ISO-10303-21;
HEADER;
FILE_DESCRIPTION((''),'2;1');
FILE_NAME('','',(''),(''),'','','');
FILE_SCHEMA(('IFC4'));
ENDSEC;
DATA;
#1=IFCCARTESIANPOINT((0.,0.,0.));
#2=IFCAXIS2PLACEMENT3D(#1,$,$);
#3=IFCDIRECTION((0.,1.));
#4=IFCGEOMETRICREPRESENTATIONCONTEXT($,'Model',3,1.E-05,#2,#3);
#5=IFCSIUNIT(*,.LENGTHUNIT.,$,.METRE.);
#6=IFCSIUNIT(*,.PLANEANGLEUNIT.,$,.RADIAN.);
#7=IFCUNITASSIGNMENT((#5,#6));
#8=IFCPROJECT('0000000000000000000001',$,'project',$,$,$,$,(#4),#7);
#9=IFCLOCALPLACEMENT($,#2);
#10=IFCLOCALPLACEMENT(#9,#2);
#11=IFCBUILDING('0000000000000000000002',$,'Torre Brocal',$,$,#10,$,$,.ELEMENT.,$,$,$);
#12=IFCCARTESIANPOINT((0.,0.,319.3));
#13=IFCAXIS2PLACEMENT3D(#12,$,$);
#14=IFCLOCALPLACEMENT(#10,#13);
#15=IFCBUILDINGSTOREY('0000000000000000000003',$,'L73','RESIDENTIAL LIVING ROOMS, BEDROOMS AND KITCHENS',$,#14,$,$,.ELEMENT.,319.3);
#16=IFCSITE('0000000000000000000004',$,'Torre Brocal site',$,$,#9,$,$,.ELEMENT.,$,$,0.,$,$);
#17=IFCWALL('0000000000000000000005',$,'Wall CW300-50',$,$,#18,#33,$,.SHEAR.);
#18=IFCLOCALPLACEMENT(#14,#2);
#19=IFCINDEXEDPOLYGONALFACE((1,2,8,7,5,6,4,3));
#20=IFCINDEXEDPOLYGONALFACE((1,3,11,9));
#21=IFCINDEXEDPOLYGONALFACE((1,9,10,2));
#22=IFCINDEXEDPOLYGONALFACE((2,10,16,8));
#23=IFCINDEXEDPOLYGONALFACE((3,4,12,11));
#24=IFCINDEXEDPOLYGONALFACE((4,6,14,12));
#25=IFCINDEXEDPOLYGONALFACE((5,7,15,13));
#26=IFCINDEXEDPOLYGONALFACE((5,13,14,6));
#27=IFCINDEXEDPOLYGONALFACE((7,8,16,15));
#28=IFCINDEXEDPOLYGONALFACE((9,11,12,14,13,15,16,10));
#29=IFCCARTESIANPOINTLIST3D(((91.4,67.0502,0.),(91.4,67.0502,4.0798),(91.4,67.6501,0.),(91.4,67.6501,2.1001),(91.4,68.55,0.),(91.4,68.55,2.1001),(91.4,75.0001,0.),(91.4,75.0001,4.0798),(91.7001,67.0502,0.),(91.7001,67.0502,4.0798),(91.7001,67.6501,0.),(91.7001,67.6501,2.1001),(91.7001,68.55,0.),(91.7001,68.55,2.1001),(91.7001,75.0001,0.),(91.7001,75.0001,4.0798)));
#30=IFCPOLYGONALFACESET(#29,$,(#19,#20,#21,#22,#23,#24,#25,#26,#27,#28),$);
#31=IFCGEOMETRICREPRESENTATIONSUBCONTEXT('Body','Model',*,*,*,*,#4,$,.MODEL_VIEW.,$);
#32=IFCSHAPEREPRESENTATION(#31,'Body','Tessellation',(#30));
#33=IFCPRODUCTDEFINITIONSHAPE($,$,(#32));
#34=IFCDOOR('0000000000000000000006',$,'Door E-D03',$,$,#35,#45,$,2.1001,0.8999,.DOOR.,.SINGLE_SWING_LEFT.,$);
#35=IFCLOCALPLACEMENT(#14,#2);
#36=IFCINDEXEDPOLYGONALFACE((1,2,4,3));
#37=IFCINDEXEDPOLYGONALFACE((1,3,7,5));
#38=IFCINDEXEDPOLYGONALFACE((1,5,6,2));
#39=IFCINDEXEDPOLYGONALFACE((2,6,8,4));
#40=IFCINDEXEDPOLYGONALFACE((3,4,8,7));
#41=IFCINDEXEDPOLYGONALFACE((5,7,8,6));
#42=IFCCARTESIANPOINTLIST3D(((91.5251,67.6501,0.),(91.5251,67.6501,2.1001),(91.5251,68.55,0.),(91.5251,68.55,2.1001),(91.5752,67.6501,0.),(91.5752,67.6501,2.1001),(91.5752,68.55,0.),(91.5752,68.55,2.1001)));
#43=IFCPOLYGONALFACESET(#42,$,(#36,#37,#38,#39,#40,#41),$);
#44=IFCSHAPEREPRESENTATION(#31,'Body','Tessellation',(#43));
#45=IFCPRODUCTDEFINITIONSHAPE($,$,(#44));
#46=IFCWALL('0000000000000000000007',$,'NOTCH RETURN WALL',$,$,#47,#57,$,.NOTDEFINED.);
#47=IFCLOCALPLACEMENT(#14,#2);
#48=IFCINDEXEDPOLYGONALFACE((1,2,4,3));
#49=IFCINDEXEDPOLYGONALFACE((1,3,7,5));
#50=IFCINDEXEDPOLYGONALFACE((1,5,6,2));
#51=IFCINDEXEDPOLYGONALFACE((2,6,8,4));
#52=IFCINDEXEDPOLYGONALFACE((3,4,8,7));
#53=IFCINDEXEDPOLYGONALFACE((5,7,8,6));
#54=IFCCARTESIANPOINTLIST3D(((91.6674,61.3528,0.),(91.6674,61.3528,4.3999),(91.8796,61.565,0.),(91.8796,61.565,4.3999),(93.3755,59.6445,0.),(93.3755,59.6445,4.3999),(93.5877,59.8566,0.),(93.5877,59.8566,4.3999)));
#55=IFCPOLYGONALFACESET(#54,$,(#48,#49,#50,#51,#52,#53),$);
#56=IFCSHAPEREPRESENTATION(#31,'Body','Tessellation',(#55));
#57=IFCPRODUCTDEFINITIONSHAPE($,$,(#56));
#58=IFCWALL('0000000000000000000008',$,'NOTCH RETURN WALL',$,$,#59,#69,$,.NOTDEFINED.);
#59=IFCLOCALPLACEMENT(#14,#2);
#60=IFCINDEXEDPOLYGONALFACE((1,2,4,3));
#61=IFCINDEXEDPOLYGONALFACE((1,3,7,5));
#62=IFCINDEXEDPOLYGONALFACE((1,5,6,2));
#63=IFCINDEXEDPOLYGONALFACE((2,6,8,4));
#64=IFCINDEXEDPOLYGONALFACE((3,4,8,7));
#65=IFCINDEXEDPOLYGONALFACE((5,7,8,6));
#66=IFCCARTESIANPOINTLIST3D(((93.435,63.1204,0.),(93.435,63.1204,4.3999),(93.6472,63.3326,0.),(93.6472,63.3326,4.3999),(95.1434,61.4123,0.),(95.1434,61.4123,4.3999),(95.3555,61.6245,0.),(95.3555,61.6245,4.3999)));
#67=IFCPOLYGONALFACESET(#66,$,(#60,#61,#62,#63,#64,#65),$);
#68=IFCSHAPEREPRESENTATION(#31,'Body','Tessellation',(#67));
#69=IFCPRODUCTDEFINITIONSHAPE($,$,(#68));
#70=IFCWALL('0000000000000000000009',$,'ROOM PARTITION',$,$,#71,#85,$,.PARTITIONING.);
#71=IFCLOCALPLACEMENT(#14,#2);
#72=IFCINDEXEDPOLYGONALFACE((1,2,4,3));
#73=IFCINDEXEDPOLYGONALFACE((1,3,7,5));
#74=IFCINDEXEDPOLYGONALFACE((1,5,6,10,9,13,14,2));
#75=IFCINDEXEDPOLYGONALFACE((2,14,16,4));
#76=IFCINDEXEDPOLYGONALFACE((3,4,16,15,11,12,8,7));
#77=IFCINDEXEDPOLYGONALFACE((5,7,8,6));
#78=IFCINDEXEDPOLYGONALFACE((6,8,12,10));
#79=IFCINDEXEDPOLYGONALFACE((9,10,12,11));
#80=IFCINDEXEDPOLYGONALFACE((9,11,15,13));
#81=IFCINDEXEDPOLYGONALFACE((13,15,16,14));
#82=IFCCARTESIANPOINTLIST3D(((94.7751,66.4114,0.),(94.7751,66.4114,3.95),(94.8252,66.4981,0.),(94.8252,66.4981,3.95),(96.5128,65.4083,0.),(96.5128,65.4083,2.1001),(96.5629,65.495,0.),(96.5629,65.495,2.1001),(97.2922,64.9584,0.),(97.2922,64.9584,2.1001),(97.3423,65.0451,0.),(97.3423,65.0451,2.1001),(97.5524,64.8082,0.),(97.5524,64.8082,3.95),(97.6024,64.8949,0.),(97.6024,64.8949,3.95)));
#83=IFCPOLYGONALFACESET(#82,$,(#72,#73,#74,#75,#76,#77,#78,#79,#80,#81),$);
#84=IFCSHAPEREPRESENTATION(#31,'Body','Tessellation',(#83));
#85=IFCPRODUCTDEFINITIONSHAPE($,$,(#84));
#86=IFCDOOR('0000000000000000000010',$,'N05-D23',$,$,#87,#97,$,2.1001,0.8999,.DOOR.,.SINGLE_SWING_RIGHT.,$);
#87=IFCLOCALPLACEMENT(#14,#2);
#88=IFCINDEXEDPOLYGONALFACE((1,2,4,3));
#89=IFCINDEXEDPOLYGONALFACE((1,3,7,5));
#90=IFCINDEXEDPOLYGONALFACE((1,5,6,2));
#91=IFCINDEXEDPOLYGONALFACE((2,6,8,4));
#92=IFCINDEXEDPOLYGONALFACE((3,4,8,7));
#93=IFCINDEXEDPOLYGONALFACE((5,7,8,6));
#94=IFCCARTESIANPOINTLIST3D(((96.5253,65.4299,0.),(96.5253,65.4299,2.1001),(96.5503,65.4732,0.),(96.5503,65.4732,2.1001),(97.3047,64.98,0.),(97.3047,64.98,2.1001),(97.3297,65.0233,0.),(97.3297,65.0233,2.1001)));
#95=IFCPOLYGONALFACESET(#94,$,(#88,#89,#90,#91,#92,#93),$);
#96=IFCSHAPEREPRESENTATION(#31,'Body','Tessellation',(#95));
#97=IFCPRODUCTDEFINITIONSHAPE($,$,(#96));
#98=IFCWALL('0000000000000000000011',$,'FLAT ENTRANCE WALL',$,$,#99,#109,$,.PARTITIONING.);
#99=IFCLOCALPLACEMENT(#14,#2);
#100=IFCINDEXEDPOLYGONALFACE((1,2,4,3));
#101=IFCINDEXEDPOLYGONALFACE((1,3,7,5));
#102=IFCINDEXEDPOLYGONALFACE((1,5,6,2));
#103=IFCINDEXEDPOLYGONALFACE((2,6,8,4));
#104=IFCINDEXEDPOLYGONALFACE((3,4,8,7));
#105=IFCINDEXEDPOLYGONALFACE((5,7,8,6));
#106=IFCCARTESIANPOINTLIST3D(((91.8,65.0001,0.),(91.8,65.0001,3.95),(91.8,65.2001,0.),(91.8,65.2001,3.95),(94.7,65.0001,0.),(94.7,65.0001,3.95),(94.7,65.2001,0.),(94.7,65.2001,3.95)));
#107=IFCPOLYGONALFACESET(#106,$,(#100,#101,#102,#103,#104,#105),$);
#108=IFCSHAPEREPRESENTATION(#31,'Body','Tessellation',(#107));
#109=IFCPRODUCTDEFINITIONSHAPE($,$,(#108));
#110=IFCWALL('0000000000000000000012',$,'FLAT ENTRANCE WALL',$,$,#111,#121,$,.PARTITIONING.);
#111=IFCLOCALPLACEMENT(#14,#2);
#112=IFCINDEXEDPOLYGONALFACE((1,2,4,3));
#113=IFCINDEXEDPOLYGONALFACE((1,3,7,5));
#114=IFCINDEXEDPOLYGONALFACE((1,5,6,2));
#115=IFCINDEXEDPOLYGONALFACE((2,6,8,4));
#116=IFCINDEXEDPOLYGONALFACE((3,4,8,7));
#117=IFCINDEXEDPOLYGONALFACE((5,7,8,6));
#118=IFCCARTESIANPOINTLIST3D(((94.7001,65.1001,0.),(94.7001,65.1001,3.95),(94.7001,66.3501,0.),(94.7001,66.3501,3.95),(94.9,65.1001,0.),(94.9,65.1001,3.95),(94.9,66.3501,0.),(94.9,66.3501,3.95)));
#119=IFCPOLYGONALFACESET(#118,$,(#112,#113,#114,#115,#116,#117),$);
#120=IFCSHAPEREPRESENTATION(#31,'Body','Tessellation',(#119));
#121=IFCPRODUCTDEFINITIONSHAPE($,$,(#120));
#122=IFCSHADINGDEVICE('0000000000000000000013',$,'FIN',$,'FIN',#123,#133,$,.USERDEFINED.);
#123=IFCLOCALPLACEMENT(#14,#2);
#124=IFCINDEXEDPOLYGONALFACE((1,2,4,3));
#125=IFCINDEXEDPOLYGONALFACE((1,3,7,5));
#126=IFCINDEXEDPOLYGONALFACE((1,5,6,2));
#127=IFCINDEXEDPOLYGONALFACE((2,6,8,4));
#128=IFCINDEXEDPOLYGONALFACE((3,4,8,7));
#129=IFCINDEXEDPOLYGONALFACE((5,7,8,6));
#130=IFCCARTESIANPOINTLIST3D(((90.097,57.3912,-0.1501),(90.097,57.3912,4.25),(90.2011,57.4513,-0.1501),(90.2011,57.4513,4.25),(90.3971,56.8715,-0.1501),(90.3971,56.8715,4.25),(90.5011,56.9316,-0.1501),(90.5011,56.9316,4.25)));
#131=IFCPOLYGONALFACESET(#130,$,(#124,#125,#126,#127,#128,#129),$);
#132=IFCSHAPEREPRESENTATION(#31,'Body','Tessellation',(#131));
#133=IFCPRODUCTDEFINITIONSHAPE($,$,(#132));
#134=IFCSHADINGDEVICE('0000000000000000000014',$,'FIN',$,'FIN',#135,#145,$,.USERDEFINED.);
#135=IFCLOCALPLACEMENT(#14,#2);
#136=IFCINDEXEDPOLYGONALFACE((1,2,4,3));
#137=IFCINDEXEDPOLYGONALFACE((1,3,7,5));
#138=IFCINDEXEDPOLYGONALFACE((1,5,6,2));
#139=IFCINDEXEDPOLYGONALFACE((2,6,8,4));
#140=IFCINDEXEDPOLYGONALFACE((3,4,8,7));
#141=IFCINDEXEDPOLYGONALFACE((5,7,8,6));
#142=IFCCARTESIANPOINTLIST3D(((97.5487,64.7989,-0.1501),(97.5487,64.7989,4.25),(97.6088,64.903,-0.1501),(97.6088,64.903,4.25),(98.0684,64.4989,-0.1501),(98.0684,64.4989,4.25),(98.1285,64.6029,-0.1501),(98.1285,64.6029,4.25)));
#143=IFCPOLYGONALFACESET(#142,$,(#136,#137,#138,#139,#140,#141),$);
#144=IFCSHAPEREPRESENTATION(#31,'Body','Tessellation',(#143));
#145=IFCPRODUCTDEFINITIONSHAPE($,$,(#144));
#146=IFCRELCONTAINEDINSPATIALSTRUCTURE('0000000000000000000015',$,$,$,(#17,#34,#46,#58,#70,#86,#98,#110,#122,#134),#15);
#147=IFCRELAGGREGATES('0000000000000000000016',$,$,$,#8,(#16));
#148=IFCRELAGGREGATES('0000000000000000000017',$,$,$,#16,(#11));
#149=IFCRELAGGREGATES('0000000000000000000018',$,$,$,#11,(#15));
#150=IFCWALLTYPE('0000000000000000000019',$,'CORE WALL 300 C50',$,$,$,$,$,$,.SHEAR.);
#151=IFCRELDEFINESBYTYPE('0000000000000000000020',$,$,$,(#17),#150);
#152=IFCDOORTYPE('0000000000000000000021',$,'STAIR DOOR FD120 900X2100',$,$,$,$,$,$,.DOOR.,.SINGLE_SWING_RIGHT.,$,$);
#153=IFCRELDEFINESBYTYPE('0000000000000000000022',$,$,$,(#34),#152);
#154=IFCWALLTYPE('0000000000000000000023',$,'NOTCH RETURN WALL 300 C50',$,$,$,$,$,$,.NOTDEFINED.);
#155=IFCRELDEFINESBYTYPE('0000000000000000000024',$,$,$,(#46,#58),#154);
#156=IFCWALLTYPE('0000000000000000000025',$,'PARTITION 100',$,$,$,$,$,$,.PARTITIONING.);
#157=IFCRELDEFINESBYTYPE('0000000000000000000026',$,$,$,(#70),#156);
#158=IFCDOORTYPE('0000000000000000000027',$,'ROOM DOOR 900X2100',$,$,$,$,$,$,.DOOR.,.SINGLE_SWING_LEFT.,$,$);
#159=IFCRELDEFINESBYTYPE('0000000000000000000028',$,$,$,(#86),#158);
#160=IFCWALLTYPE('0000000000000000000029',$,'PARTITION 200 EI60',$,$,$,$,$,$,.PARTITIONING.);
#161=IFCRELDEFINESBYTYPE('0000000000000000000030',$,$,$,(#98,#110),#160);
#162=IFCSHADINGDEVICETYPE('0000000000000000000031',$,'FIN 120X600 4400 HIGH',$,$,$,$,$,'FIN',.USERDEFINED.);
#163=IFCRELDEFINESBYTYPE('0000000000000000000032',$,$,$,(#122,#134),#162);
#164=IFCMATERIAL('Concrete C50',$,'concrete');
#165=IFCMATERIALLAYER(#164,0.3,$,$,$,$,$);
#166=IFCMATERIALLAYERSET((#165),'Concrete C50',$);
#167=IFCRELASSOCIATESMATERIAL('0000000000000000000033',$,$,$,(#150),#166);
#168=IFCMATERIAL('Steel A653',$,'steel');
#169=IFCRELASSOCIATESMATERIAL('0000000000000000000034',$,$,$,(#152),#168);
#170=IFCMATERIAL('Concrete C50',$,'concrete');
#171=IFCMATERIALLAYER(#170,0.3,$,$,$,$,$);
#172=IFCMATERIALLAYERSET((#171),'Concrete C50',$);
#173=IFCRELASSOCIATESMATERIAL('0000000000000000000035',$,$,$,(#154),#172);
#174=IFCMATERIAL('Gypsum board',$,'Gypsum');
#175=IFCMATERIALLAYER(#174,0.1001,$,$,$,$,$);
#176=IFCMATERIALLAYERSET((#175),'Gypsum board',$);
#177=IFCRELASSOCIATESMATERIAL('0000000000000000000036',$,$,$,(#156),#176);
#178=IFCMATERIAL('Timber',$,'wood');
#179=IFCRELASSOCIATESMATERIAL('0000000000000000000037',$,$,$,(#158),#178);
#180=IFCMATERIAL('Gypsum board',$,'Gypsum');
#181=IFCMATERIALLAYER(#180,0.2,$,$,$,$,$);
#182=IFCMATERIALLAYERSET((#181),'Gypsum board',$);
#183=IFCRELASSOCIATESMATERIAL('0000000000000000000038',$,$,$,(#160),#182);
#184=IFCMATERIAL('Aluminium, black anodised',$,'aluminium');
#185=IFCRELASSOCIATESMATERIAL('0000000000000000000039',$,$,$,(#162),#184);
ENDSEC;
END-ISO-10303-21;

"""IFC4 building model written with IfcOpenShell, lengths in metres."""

from ifc_helpers import new_model, si_unit, direction, frame, frame_2d, origin, origin_2d, place, context, subcontext, project, spatial, rectangle, extrude, material, layer, layer_set, material_profile, profile_set, type_object, element, fill, save


model = new_model("IFC4")

# Units and contexts
model_context = context("Model", 3, precision=1e-05, world=origin(), true_north=direction((0.0, 1.0)))
body_context = subcontext(model_context, "Body", "Model", "MODEL_VIEW")
ifc_project = project(units=[si_unit("LENGTHUNIT", "METRE"), si_unit("PLANEANGLEUNIT", "RADIAN")], contexts=[model_context])

# Site, building, storey
site_placement = place(None, origin())
site = spatial("IfcSite", under=ifc_project, at=site_placement, Name="Torre Brocal site", CompositionType="ELEMENT", RefElevation=0.0)
building_placement = place(site_placement, origin())
building = spatial("IfcBuilding", under=site, at=building_placement, Name="Torre Brocal", CompositionType="ELEMENT")
storey_placement = place(building_placement, frame((0.0, 0.0, 319.3)))
storey = spatial("IfcBuildingStorey", under=building, at=storey_placement, Name="L73", Description="RESIDENTIAL LIVING ROOMS, BEDROOMS AND KITCHENS", CompositionType="ELEMENT", Elevation=319.3)

# Wall, opening, door
ifc_material_1 = material(Name="Concrete C50", Category="concrete")
ifc_layer_1 = layer(ifc_material_1, 0.3)
ifc_layer_set_1 = layer_set([ifc_layer_1], Name="Concrete C50")
wall_type_1 = type_object("IfcWallType", Name="CORE WALL 300 C50", PredefinedType="SHEAR", material=ifc_layer_set_1)
wall_1_placement = place(storey_placement, frame((91.55, 67.05, 0.0), z_axis=(0.0, 0.0, 1.0), x_axis=(0.0, 1.0, 0.0)))
wall_1 = element("IfcWall", 1, at=wall_1_placement, inside=storey, type_object=wall_type_1, Name="Wall CW300-50", PredefinedType="SHEAR", context=body_context, shape_type="SweptSolid", body=[
    extrude(rectangle(XDim=7.95, YDim=0.3, at=frame_2d((3.9751, 0.0))), origin(), (0.0, 0.0, 1.0), 4.0798),
])
opening_1_placement = place(wall_1_placement, frame((0.6001, 0.0, 0.0)))
opening_1 = element("IfcOpeningElement", 2, at=opening_1_placement, cuts=wall_1, PredefinedType="OPENING", context=body_context, shape_type="SweptSolid", body=[
    extrude(rectangle(XDim=0.8999, YDim=2.1001, at=frame_2d((0.45, 1.05))), frame((0.0, 0.1599, 0.0), z_axis=(0.0, -1.0, 0.0), x_axis=(1.0, 0.0, 0.0)), (0.0, 0.0, 1.0), 0.3201),
])
ifc_material_2 = material(Name="Steel A653", Category="steel")
door_type_1 = type_object("IfcDoorType", Name="STAIR DOOR FD120 900X2100", OperationType="SINGLE_SWING_RIGHT", PredefinedType="DOOR", material=ifc_material_2)
door_1_placement = place(opening_1_placement, origin())
door_1 = element("IfcDoor", 3, at=door_1_placement, inside=storey, type_object=door_type_1, Name="Door E-D03", OperationType="SINGLE_SWING_LEFT", OverallHeight=2.1001, OverallWidth=0.8999, PredefinedType="DOOR", context=body_context, shape_type="SweptSolid", body=[
    extrude(rectangle(XDim=0.8999, YDim=2.1001, at=frame_2d((0.45, 1.05))), frame((0.0, 0.0249, 0.0), z_axis=(0.0, -1.0, 0.0), x_axis=(1.0, 0.0, 0.0)), (0.0, 0.0, 1.0), 0.05),
])
fill(opening_1, door_1)

# Walls
ifc_material_3 = material(Name="Concrete C50", Category="concrete")
ifc_layer_2 = layer(ifc_material_3, 0.3)
ifc_layer_set_2 = layer_set([ifc_layer_2], Name="Concrete C50")
wall_type_2 = type_object("IfcWallType", Name="NOTCH RETURN WALL 300 C50", PredefinedType="NOTDEFINED", material=ifc_layer_set_2)
for number, where, z_axis, x_axis, name in (
    (4, (91.7734, 61.459, 0.0), (0.0, 0.0, 1.0), (0.707056, -0.707157, 0.0), "NOTCH RETURN WALL"),
    (5, (93.541, 63.2266, 0.0), (0.0, 0.0, 1.0), (0.707157, -0.707056, 0.0), "NOTCH RETURN WALL"),
):
    element("IfcWall", number, at=place(storey_placement, frame(where, z_axis=z_axis, x_axis=x_axis)), inside=storey, type_object=wall_type_2, Name=name, PredefinedType="NOTDEFINED", context=body_context, shape_type="SweptSolid", body=[
        extrude(rectangle(XDim=2.4158, YDim=0.3, at=frame_2d((1.208, 0.0))), origin(), (0.0, 0.0, 1.0), 4.3999),
    ])

# Wall, opening, door
ifc_material_4 = material(Name="Gypsum board", Category="Gypsum")
ifc_layer_3 = layer(ifc_material_4, 0.1001)
ifc_layer_set_3 = layer_set([ifc_layer_3], Name="Gypsum board")
wall_type_3 = type_object("IfcWallType", Name="PARTITION 100", PredefinedType="PARTITIONING", material=ifc_layer_set_3)
wall_2_placement = place(storey_placement, frame((94.8, 66.4548, 0.0), z_axis=(0.0, 0.0, 1.0), x_axis=(0.866056, -0.499947, 0.0)))
wall_2 = element("IfcWall", 6, at=wall_2_placement, inside=storey, type_object=wall_type_3, Name="ROOM PARTITION", PredefinedType="PARTITIONING", context=body_context, shape_type="SweptSolid", body=[
    extrude(rectangle(XDim=3.2068, YDim=0.1001, at=frame_2d((1.6035, 0.0))), origin(), (0.0, 0.0, 1.0), 3.95),
])
opening_2_placement = place(wall_2_placement, frame((2.0066, 0.0, 0.0)))
opening_2 = element("IfcOpeningElement", 7, at=opening_2_placement, cuts=wall_2, PredefinedType="OPENING", context=body_context, shape_type="SweptSolid", body=[
    extrude(rectangle(XDim=0.8999, YDim=2.1001, at=frame_2d((0.45, 1.05))), frame((0.0, 0.0601, 0.0), z_axis=(0.0, -1.0, 0.0), x_axis=(1.0, 0.0, 0.0)), (0.0, 0.0, 1.0), 0.1201),
])
ifc_material_5 = material(Name="Timber", Category="wood")
door_type_2 = type_object("IfcDoorType", Name="ROOM DOOR 900X2100", OperationType="SINGLE_SWING_LEFT", PredefinedType="DOOR", material=ifc_material_5)
door_2_placement = place(opening_2_placement, origin())
door_2 = element("IfcDoor", 8, at=door_2_placement, inside=storey, type_object=door_type_2, Name="N05-D23", OperationType="SINGLE_SWING_RIGHT", OverallHeight=2.1001, OverallWidth=0.8999, PredefinedType="DOOR", context=body_context, shape_type="SweptSolid", body=[
    extrude(rectangle(XDim=0.8999, YDim=2.1001, at=frame_2d((0.45, 1.05))), frame((0.0, 0.0249, 0.0), z_axis=(0.0, -1.0, 0.0), x_axis=(1.0, 0.0, 0.0)), (0.0, 0.0, 1.0), 0.05),
])
fill(opening_2, door_2)

# Walls
ifc_material_6 = material(Name="Gypsum board", Category="Gypsum")
ifc_layer_4 = layer(ifc_material_6, 0.2)
ifc_layer_set_4 = layer_set([ifc_layer_4], Name="Gypsum board")
wall_type_4 = type_object("IfcWallType", Name="PARTITION 200 EI60", PredefinedType="PARTITIONING", material=ifc_layer_set_4)
wall_3_placement = place(storey_placement, frame((91.8, 65.1001, 0.0), z_axis=(0.0, 0.0, 1.0), x_axis=(1.0, 0.0, 0.0)))
element("IfcWall", 9, at=wall_3_placement, inside=storey, type_object=wall_type_4, Name="FLAT ENTRANCE WALL", PredefinedType="PARTITIONING", context=body_context, shape_type="SweptSolid", body=[
    extrude(rectangle(XDim=2.8999, YDim=0.2, at=frame_2d((1.45, 0.0))), origin(), (0.0, 0.0, 1.0), 3.95),
])
wall_4_placement = place(storey_placement, frame((94.8, 65.1001, 0.0), z_axis=(0.0, 0.0, 1.0), x_axis=(0.0, 1.0, 0.0)))
element("IfcWall", 10, at=wall_4_placement, inside=storey, type_object=wall_type_4, Name="FLAT ENTRANCE WALL", PredefinedType="PARTITIONING", context=body_context, shape_type="SweptSolid", body=[
    extrude(rectangle(XDim=1.25, YDim=0.2, at=frame_2d((0.625, 0.0))), origin(), (0.0, 0.0, 1.0), 3.95),
])

# Shading devices
ifc_material_7 = material(Name="Aluminium, black anodised", Category="aluminium")
ifc_material_profile_1 = material_profile(ifc_material_7, rectangle(XDim=0.1201, YDim=0.6001, at=origin_2d()), Name="FIN 120X600 4400 HIGH")
ifc_profile_set_1 = profile_set([ifc_material_profile_1], Name="Aluminium, black anodised")
shading_device_type = type_object("IfcShadingDeviceType", Name="FIN 120X600 4400 HIGH", ElementType="FIN", PredefinedType="USERDEFINED", material=ifc_profile_set_1)
for number, where, z_axis, x_axis, name in (
    (11, (90.2991, 57.1614, -0.1501), (0.0, 0.0, 1.0), (0.866025, 0.5, 0.0), "FIN"),
    (12, (97.8386, 64.7009, -0.1501), (0.0, 0.0, 1.0), (0.5, 0.866025, 0.0), "FIN"),
):
    element("IfcShadingDevice", number, at=place(storey_placement, frame(where, z_axis=z_axis, x_axis=x_axis)), inside=storey, type_object=shading_device_type, Name=name, ObjectType="FIN", PredefinedType="USERDEFINED", context=body_context, shape_type="SweptSolid", body=[
        extrude(rectangle(XDim=0.1201, YDim=0.6001, at=origin_2d()), origin(), (0.0, 0.0, 1.0), 4.4001),
    ])

save(model, "model.ifc")
